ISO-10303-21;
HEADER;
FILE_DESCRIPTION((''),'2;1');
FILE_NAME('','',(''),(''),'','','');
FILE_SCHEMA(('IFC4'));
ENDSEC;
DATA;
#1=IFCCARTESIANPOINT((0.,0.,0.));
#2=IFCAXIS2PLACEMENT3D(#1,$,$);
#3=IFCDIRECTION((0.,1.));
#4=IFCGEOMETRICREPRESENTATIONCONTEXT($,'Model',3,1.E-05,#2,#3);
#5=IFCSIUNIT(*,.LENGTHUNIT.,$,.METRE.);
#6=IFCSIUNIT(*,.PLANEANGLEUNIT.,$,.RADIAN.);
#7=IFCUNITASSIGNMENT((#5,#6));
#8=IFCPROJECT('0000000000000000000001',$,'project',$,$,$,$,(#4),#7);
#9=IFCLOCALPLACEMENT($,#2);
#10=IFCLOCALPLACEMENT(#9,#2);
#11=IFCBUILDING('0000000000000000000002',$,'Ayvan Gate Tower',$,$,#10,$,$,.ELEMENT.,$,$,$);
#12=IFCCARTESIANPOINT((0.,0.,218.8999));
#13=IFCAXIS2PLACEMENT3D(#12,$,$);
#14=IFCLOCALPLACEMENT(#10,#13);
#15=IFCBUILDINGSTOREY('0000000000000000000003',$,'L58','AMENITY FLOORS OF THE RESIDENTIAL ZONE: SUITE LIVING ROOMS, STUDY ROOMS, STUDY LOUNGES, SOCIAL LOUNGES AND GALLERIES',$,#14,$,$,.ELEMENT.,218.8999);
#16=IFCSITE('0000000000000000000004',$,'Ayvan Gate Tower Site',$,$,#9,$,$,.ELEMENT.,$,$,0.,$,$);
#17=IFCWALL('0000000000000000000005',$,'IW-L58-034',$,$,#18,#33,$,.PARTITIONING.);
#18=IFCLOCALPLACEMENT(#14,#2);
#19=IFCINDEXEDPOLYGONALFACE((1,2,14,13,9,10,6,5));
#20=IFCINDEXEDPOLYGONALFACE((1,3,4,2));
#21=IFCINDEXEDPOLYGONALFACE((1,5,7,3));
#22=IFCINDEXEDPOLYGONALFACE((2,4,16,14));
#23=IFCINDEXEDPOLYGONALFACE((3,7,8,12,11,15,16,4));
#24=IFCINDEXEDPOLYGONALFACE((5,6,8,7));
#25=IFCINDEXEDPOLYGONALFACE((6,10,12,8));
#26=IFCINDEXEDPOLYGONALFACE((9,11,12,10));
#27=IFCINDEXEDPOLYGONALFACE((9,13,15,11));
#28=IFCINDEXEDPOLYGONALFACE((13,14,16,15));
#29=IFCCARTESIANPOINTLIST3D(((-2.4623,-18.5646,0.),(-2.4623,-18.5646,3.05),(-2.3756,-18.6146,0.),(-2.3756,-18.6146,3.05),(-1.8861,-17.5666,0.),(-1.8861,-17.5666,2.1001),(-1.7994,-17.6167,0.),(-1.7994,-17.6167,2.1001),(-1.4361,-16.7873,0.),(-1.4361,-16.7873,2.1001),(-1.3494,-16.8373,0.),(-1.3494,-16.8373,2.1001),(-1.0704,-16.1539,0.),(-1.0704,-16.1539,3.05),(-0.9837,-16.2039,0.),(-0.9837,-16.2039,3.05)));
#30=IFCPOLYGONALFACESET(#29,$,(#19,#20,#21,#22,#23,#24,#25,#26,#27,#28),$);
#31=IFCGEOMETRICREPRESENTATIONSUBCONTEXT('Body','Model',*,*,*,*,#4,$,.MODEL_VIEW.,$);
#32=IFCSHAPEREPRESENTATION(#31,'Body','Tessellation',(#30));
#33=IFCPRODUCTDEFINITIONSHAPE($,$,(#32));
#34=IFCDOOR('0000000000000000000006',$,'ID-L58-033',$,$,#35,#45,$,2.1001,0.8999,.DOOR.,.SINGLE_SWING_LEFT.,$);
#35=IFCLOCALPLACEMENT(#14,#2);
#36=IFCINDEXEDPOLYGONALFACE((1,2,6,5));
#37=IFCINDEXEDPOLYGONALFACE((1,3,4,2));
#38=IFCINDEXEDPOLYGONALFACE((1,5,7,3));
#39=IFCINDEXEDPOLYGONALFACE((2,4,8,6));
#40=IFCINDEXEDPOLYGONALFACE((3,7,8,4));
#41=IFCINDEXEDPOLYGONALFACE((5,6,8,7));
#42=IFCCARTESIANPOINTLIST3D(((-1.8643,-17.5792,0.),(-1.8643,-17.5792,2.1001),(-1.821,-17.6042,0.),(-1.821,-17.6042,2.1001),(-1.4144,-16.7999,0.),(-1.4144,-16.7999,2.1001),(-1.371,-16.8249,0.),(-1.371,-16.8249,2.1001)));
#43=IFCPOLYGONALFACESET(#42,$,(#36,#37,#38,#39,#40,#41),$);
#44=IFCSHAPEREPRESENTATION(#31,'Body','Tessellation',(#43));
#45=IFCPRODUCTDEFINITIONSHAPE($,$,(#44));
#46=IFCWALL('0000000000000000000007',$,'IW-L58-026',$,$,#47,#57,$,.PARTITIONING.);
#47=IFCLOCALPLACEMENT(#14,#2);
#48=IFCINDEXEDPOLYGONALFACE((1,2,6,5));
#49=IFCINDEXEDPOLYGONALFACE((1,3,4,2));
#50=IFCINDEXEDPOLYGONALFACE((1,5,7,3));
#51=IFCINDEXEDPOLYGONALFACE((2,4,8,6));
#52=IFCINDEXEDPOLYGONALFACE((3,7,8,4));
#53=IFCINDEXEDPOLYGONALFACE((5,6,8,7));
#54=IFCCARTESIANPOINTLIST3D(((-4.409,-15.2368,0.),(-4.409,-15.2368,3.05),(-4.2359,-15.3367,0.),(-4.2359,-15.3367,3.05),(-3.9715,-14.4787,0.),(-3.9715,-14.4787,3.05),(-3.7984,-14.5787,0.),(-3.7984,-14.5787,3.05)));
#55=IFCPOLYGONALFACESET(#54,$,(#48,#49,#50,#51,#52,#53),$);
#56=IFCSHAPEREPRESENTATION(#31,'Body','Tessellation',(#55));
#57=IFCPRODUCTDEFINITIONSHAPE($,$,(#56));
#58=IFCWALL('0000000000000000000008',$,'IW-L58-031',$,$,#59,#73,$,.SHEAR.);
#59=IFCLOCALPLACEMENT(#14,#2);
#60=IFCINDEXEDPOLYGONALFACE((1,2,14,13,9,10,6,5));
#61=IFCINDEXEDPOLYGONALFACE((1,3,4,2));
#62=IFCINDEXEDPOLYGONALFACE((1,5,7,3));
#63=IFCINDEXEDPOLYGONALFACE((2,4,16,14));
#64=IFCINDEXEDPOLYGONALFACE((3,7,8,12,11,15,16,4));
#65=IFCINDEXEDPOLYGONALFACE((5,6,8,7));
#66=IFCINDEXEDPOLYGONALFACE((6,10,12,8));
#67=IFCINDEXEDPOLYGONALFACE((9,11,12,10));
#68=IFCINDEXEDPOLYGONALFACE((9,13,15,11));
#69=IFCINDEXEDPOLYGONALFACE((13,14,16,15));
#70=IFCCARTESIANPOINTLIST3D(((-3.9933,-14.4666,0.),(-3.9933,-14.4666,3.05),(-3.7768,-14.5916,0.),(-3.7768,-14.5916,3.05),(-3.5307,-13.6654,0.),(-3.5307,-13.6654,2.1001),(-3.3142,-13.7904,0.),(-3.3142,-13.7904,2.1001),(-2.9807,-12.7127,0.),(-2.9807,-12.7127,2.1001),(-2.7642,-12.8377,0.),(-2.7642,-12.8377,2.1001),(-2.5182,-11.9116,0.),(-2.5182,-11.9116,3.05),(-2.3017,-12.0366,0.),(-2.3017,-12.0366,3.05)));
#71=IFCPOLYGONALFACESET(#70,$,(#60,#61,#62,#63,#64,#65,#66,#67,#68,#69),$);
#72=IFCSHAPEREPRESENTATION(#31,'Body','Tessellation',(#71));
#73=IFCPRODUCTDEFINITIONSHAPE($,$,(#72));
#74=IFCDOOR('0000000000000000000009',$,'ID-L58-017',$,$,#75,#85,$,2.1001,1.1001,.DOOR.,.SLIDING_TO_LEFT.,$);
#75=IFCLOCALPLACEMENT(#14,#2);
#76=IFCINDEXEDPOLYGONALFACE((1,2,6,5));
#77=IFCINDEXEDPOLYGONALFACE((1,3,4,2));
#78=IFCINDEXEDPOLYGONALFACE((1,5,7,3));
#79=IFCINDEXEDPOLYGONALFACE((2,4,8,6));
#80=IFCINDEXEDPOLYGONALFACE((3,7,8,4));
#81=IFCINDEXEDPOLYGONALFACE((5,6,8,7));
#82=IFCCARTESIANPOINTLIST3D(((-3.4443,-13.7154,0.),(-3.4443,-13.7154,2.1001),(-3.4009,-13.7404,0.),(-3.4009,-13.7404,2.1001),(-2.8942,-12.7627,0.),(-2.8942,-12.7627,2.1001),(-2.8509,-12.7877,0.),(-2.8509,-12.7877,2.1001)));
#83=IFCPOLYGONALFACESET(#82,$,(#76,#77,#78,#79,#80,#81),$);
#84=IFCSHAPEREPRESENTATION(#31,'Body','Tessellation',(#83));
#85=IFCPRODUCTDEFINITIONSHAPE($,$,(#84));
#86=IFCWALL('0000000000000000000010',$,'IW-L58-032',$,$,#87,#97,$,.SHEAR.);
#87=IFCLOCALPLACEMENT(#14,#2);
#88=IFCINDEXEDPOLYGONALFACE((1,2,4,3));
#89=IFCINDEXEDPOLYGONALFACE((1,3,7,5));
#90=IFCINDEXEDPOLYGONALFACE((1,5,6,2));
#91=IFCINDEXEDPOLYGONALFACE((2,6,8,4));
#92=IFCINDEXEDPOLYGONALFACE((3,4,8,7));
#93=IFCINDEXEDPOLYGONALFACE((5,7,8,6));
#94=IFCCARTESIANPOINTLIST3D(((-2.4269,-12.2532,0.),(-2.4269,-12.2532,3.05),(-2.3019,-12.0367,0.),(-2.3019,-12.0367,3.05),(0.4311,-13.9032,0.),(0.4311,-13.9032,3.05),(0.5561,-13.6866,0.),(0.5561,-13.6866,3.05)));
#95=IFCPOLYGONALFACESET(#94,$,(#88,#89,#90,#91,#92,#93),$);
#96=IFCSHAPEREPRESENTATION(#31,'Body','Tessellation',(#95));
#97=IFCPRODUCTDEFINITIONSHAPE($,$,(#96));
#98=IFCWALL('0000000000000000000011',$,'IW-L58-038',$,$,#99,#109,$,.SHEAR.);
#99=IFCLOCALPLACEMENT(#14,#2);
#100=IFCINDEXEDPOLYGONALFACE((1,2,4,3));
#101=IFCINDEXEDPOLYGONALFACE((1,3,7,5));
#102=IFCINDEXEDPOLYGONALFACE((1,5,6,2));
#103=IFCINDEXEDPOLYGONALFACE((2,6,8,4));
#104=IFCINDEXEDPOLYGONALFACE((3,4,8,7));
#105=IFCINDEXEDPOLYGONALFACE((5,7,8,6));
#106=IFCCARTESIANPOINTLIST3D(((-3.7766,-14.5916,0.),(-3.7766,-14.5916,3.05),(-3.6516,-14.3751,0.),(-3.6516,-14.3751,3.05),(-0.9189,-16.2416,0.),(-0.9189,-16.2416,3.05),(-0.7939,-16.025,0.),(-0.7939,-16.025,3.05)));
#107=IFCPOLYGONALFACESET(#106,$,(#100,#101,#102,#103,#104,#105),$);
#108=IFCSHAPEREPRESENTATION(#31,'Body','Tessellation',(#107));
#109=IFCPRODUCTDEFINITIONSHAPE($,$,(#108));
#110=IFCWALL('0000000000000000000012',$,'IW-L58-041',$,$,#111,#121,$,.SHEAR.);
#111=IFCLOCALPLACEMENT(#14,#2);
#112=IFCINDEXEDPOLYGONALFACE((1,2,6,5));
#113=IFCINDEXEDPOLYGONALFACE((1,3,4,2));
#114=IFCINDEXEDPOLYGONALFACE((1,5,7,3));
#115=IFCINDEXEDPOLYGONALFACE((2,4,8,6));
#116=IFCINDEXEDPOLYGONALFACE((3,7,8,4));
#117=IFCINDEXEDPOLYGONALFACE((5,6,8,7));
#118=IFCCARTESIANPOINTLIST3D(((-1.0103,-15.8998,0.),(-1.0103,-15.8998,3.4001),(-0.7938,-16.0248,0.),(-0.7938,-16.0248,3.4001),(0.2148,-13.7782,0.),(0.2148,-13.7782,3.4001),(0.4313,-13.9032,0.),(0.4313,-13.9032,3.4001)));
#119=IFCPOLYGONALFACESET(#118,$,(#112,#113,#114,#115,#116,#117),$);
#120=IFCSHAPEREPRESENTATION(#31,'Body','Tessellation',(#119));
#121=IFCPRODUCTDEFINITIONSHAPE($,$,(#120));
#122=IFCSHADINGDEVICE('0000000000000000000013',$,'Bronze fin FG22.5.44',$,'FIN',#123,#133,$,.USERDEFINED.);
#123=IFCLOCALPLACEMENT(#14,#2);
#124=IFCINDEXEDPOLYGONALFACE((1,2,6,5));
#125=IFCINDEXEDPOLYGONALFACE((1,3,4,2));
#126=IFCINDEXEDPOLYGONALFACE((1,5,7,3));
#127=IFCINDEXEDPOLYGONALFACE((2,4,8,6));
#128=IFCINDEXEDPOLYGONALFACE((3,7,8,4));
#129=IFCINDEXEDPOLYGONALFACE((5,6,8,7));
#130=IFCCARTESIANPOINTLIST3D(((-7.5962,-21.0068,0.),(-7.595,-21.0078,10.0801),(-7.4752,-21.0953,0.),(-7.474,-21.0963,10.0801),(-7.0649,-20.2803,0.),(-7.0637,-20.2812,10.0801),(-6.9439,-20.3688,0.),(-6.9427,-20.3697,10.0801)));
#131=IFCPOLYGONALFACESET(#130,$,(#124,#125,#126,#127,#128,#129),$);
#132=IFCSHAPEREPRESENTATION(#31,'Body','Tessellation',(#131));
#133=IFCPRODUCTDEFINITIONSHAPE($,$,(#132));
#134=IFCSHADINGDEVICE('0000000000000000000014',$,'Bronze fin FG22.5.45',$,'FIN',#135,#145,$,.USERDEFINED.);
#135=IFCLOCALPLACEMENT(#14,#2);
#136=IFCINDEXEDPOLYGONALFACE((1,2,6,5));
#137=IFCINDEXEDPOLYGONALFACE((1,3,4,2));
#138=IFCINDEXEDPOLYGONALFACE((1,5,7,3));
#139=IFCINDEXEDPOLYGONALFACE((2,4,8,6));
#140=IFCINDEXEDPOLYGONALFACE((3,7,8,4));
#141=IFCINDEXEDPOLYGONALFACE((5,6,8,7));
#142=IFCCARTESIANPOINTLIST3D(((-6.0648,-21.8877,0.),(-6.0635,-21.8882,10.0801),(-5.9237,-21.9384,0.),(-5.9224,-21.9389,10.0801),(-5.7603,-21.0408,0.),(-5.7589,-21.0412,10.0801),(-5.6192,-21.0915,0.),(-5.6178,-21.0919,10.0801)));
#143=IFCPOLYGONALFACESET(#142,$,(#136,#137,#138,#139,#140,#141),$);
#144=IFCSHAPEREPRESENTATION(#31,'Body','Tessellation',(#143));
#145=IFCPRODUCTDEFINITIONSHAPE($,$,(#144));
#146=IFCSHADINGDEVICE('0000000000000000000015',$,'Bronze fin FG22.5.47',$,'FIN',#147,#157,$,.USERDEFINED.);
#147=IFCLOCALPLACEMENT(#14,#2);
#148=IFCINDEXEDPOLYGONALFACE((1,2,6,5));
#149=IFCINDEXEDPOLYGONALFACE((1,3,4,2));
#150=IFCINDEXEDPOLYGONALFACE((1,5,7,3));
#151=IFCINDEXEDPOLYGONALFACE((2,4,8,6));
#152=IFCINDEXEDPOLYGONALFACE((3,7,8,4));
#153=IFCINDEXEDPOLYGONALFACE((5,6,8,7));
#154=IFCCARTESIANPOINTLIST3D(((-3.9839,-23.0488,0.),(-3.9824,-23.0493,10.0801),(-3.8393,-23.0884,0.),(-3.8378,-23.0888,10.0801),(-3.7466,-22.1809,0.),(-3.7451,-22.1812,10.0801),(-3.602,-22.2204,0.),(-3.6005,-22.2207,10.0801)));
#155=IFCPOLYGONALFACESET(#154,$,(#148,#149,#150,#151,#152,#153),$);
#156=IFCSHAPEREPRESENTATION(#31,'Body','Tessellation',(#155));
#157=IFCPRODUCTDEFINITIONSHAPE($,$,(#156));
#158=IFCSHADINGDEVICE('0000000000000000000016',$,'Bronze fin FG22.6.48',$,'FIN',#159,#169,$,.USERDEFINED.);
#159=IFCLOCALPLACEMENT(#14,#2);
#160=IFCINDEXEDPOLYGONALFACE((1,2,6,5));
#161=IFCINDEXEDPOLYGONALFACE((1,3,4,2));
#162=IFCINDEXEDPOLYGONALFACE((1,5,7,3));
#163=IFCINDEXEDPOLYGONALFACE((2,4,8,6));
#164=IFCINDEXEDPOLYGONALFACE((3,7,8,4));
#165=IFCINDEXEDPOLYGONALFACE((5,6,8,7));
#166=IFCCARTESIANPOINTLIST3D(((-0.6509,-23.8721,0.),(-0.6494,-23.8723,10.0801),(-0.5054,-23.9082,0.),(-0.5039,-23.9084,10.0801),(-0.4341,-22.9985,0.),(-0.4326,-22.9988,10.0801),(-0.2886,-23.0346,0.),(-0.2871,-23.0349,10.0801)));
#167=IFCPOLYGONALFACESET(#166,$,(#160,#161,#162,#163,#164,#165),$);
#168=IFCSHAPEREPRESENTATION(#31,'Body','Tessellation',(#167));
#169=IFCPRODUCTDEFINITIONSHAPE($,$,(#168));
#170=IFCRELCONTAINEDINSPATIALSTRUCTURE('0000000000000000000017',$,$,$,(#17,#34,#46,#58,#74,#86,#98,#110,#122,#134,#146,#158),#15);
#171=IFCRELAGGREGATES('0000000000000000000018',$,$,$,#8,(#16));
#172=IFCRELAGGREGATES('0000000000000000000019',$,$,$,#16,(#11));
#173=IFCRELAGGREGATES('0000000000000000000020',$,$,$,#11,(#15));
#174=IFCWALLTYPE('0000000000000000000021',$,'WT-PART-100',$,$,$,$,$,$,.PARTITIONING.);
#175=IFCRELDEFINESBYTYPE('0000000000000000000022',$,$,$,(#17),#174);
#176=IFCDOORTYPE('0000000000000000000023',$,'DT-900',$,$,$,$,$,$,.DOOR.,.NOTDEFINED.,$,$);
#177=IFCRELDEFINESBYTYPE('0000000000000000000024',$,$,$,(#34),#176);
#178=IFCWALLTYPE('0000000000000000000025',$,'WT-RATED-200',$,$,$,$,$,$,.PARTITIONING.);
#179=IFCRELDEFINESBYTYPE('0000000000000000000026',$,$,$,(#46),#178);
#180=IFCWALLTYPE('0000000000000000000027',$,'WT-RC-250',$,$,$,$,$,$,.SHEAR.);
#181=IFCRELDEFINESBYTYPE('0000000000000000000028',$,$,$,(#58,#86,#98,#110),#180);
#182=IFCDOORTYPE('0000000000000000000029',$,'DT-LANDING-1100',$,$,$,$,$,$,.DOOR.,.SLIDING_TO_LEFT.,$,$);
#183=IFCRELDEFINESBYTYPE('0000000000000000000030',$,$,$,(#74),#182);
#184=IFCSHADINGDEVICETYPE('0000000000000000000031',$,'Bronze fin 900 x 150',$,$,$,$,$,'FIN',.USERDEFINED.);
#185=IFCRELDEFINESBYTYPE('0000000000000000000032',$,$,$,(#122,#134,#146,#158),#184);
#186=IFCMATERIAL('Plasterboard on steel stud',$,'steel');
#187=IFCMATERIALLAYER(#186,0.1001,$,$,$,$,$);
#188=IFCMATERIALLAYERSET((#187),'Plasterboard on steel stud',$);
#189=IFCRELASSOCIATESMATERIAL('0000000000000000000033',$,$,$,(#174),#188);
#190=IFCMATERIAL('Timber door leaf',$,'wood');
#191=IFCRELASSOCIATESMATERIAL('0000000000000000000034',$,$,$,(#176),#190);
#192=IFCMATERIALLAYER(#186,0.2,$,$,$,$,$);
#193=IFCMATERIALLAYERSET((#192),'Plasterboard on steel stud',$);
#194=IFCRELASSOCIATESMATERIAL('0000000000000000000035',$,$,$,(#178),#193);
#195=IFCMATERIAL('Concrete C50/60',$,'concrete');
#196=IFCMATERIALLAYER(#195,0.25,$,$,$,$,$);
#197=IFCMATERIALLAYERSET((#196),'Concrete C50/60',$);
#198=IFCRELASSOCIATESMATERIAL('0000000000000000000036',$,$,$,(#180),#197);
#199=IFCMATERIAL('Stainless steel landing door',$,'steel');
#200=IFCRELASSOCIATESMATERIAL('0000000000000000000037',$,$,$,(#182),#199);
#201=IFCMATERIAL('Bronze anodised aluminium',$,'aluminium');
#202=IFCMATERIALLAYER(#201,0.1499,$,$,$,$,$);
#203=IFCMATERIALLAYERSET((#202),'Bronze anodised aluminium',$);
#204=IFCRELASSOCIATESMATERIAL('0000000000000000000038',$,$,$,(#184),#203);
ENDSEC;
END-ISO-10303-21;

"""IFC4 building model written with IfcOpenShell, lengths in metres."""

from ifc_helpers import new_model, si_unit, direction, frame, frame_2d, origin, place, context, subcontext, project, spatial, polyline, rectangle, outline, extrude, material, layer, layer_set, type_object, element, fill, save


model = new_model("IFC4")

# Units and contexts
model_context = context("Model", 3, precision=1e-05, world=origin(), true_north=direction((0.0, 1.0)))
body_context = subcontext(model_context, "Body", "Model", "MODEL_VIEW")
ifc_project = project(units=[si_unit("LENGTHUNIT", "METRE"), si_unit("PLANEANGLEUNIT", "RADIAN")], contexts=[model_context])

# Site, building, storey
site_placement = place(None, origin())
site = spatial("IfcSite", under=ifc_project, at=site_placement, Name="Ayvan Gate Tower Site", CompositionType="ELEMENT", RefElevation=0.0)
building_placement = place(site_placement, origin())
building = spatial("IfcBuilding", under=site, at=building_placement, Name="Ayvan Gate Tower", CompositionType="ELEMENT")
storey_placement = place(building_placement, frame((0.0, 0.0, 218.8999)))
storey = spatial("IfcBuildingStorey", under=building, at=storey_placement, Name="L58", Description="AMENITY FLOORS OF THE RESIDENTIAL ZONE: SUITE LIVING ROOMS, STUDY ROOMS, STUDY LOUNGES, SOCIAL LOUNGES AND GALLERIES", CompositionType="ELEMENT", Elevation=218.8999)

# Shared definitions
ifc_material_1 = material(Name="Concrete C50/60", Category="concrete")

# Shared definitions
ifc_material_2 = material(Name="Bronze anodised aluminium", Category="aluminium")

# Wall, opening, door
ifc_material_3 = material(Name="Plasterboard on steel stud", Category="steel")
ifc_layer_1 = layer(ifc_material_3, 0.1001)
ifc_layer_set_1 = layer_set([ifc_layer_1], Name="Plasterboard on steel stud")
wall_type_1 = type_object("IfcWallType", Name="WT-PART-100", PredefinedType="PARTITIONING", material=ifc_layer_set_1)
wall_1_placement = place(storey_placement, frame((-2.4189, -18.5896, 0.0), z_axis=(0.0, 0.0, 1.0), x_axis=(0.500016, 0.866016, 0.0)))
wall_1 = element("IfcWall", 1, at=wall_1_placement, inside=storey, type_object=wall_type_1, Name="IW-L58-034", PredefinedType="PARTITIONING", context=body_context, shape_type="SweptSolid", body=[
    extrude(rectangle(XDim=2.7837, YDim=0.1001, at=frame_2d((1.3918, 0.0))), origin(), (0.0, 0.0, 1.0), 3.05),
])
opening_1_placement = place(wall_1_placement, frame((1.1523, 0.0, 0.0)))
opening_1 = element("IfcOpeningElement", 2, at=opening_1_placement, cuts=wall_1, PredefinedType="OPENING", context=body_context, shape_type="SweptSolid", body=[
    extrude(rectangle(XDim=0.8999, YDim=2.1001, at=frame_2d((0.45, 1.05))), frame((0.0, 0.0601, 0.0), z_axis=(0.0, -1.0, 0.0), x_axis=(1.0, 0.0, 0.0)), (0.0, 0.0, 1.0), 0.1201),
])
ifc_material_4 = material(Name="Timber door leaf", Category="wood")
door_type_1 = type_object("IfcDoorType", Name="DT-900", OperationType="NOTDEFINED", PredefinedType="DOOR", material=ifc_material_4)
door_1_placement = place(opening_1_placement, origin())
door_1 = element("IfcDoor", 3, at=door_1_placement, inside=storey, type_object=door_type_1, Name="ID-L58-033", OperationType="SINGLE_SWING_LEFT", OverallHeight=2.1001, OverallWidth=0.8999, PredefinedType="DOOR", context=body_context, shape_type="SweptSolid", body=[
    extrude(rectangle(XDim=0.8999, YDim=2.1001, at=frame_2d((0.45, 1.05))), frame((0.0, 0.0249, 0.0), z_axis=(0.0, -1.0, 0.0), x_axis=(1.0, 0.0, 0.0)), (0.0, 0.0, 1.0), 0.05),
])
fill(opening_1, door_1)

# Wall
ifc_layer_2 = layer(ifc_material_3, 0.2)
ifc_layer_set_2 = layer_set([ifc_layer_2], Name="Plasterboard on steel stud")
wall_type_2 = type_object("IfcWallType", Name="WT-RATED-200", PredefinedType="PARTITIONING", material=ifc_layer_set_2)
wall_2_placement = place(storey_placement, frame((-3.885, -14.5288, 0.0), z_axis=(0.0, 0.0, 1.0), x_axis=(-0.499859, -0.866107, 0.0)))
element("IfcWall", 4, at=wall_2_placement, inside=storey, type_object=wall_type_2, Name="IW-L58-026", PredefinedType="PARTITIONING", context=body_context, shape_type="SweptSolid", body=[
    extrude(rectangle(XDim=0.8752, YDim=0.2, at=frame_2d((0.4375, 0.0))), origin(), (0.0, 0.0, 1.0), 3.05),
])

# Wall, opening, door
ifc_layer_3 = layer(ifc_material_1, 0.25)
ifc_layer_set_3 = layer_set([ifc_layer_3], Name="Concrete C50/60")
wall_type_3 = type_object("IfcWallType", Name="WT-RC-250", PredefinedType="SHEAR", material=ifc_layer_set_3)
wall_3_placement = place(storey_placement, frame((-2.4099, -11.9741, 0.0), z_axis=(0.0, 0.0, 1.0), x_axis=(-0.500002, -0.866024, 0.0)))
wall_3 = element("IfcWall", 5, at=wall_3_placement, inside=storey, type_object=wall_type_3, Name="IW-L58-031", PredefinedType="SHEAR", context=body_context, shape_type="SweptSolid", body=[
    extrude(rectangle(XDim=2.9502, YDim=0.25, at=frame_2d((1.4751, 0.0))), origin(), (0.0, 0.0, 1.0), 3.05),
])
opening_2_placement = place(wall_3_placement, frame((0.925, 0.0, 0.0)))
opening_2 = element("IfcOpeningElement", 6, at=opening_2_placement, cuts=wall_3, PredefinedType="OPENING", context=body_context, shape_type="SweptSolid", body=[
    extrude(rectangle(XDim=1.1001, YDim=2.1001, at=frame_2d((0.55, 1.05))), frame((0.0, 0.135, 0.0), z_axis=(0.0, -1.0, 0.0), x_axis=(1.0, 0.0, 0.0)), (0.0, 0.0, 1.0), 0.27),
])
ifc_material_5 = material(Name="Stainless steel landing door", Category="steel")
door_type_2 = type_object("IfcDoorType", Name="DT-LANDING-1100", OperationType="SLIDING_TO_LEFT", PredefinedType="DOOR", material=ifc_material_5)
door_2_placement = place(opening_2_placement, origin())
door_2 = element("IfcDoor", 7, at=door_2_placement, inside=storey, type_object=door_type_2, Name="ID-L58-017", OperationType="SLIDING_TO_LEFT", OverallHeight=2.1001, OverallWidth=1.1001, PredefinedType="DOOR", context=body_context, shape_type="SweptSolid", body=[
    extrude(rectangle(XDim=1.1001, YDim=2.1001, at=frame_2d((0.55, 1.05))), frame((0.0, 0.0249, 0.0), z_axis=(0.0, -1.0, 0.0), x_axis=(1.0, 0.0, 0.0)), (0.0, 0.0, 1.0), 0.05),
])
fill(opening_2, door_2)

# Walls
wall_4_placement = place(storey_placement, frame((-2.3643, -12.145, 0.0), z_axis=(0.0, 0.0, 1.0), x_axis=(0.86604, -0.499974, 0.0)))
element("IfcWall", 8, at=wall_4_placement, inside=storey, type_object=wall_type_3, Name="IW-L58-032", PredefinedType="SHEAR", context=body_context, shape_type="SweptSolid", body=[
    extrude(rectangle(XDim=3.3, YDim=0.25, at=frame_2d((1.6499, 0.0))), origin(), (0.0, 0.0, 1.0), 3.05),
])
wall_5_placement = place(storey_placement, frame((-0.8564, -16.1333, 0.0), z_axis=(0.0, 0.0, 1.0), x_axis=(-0.866022, 0.500006, 0.0)))
element("IfcWall", 9, at=wall_5_placement, inside=storey, type_object=wall_type_3, Name="IW-L58-038", PredefinedType="SHEAR", context=body_context, shape_type="SweptSolid", body=[
    extrude(rectangle(XDim=3.2998, YDim=0.25, at=frame_2d((1.6499, 0.0))), origin(), (0.0, 0.0, 1.0), 3.05),
])
wall_6_placement = place(storey_placement, frame((-0.9021, -15.9624, 0.0), z_axis=(0.0, 0.0, 1.0), x_axis=(0.500062, 0.86599, 0.0)))
element("IfcWall", 10, at=wall_6_placement, inside=storey, type_object=wall_type_3, Name="IW-L58-041", PredefinedType="SHEAR", context=body_context, shape_type="SweptSolid", body=[
    extrude(rectangle(XDim=2.45, YDim=0.25, at=frame_2d((1.2251, 0.0))), origin(), (0.0, 0.0, 1.0), 3.4001),
])

# Shading devices
ifc_layer_4 = layer(ifc_material_2, 0.1499)
ifc_layer_set_4 = layer_set([ifc_layer_4], Name="Bronze anodised aluminium")
shading_device_type = type_object("IfcShadingDeviceType", Name="Bronze fin 900 x 150", ElementType="FIN", PredefinedType="USERDEFINED", material=ifc_layer_set_4)
shading_device_1_placement = place(storey_placement, frame((-7.0649, -20.2803, 0.0), z_axis=(-0.807232, 0.590234, 0.000155), x_axis=(-0.590234, -0.807232, 0.0)))
element("IfcShadingDevice", 11, at=shading_device_1_placement, inside=storey, type_object=shading_device_type, Name="Bronze fin FG22.5.44", ObjectType="FIN", PredefinedType="USERDEFINED", context=body_context, shape_type="SweptSolid", body=[
    extrude(outline(polyline([(0.0, 0.0), (0.9001, 0.0), (0.9001, 10.0801), (0.0001, 10.0801), (0.0, 0.0)])), origin(), (0.0, 0.0, -1.0), 0.1499),
])
shading_device_2_placement = place(storey_placement, frame((-5.7603, -21.0408, 0.0), z_axis=(-0.941003, 0.338398, 0.000142), x_axis=(-0.338398, -0.941003, 0.0)))
element("IfcShadingDevice", 12, at=shading_device_2_placement, inside=storey, type_object=shading_device_type, Name="Bronze fin FG22.5.45", ObjectType="FIN", PredefinedType="USERDEFINED", context=body_context, shape_type="SweptSolid", body=[
    extrude(outline(polyline([(0.0, 0.0), (0.9, 0.0), (0.9, 10.0801), (0.0, 10.0801), (0.0, 0.0)])), origin(), (0.0, 0.0, -1.0), 0.1499),
])
shading_device_3_placement = place(storey_placement, frame((-3.7466, -22.1809, 0.0), z_axis=(-0.964604, 0.263703, 0.00015), x_axis=(-0.263703, -0.964604, 0.0)))
element("IfcShadingDevice", 13, at=shading_device_3_placement, inside=storey, type_object=shading_device_type, Name="Bronze fin FG22.5.47", ObjectType="FIN", PredefinedType="USERDEFINED", context=body_context, shape_type="SweptSolid", body=[
    extrude(outline(polyline([(0.0, 0.0), (0.8998, 0.0), (0.8999, 10.0801), (-0.0002, 10.0801), (0.0, 0.0)])), origin(), (0.0, 0.0, -1.0), 0.1499),
])
shading_device_4_placement = place(storey_placement, frame((-0.4341, -22.9985, 0.0), z_axis=(-0.970556, 0.240876, 0.000147), x_axis=(-0.240876, -0.970556, 0.0)))
element("IfcShadingDevice", 14, at=shading_device_4_placement, inside=storey, type_object=shading_device_type, Name="Bronze fin FG22.6.48", ObjectType="FIN", PredefinedType="USERDEFINED", context=body_context, shape_type="SweptSolid", body=[
    extrude(outline(polyline([(0.0, 0.0), (0.9, 0.0), (0.8999, 10.0801), (-0.0001, 10.0801), (0.0, 0.0)])), origin(), (0.0, 0.0, -1.0), 0.1499),
])

save(model, "model.ifc")
